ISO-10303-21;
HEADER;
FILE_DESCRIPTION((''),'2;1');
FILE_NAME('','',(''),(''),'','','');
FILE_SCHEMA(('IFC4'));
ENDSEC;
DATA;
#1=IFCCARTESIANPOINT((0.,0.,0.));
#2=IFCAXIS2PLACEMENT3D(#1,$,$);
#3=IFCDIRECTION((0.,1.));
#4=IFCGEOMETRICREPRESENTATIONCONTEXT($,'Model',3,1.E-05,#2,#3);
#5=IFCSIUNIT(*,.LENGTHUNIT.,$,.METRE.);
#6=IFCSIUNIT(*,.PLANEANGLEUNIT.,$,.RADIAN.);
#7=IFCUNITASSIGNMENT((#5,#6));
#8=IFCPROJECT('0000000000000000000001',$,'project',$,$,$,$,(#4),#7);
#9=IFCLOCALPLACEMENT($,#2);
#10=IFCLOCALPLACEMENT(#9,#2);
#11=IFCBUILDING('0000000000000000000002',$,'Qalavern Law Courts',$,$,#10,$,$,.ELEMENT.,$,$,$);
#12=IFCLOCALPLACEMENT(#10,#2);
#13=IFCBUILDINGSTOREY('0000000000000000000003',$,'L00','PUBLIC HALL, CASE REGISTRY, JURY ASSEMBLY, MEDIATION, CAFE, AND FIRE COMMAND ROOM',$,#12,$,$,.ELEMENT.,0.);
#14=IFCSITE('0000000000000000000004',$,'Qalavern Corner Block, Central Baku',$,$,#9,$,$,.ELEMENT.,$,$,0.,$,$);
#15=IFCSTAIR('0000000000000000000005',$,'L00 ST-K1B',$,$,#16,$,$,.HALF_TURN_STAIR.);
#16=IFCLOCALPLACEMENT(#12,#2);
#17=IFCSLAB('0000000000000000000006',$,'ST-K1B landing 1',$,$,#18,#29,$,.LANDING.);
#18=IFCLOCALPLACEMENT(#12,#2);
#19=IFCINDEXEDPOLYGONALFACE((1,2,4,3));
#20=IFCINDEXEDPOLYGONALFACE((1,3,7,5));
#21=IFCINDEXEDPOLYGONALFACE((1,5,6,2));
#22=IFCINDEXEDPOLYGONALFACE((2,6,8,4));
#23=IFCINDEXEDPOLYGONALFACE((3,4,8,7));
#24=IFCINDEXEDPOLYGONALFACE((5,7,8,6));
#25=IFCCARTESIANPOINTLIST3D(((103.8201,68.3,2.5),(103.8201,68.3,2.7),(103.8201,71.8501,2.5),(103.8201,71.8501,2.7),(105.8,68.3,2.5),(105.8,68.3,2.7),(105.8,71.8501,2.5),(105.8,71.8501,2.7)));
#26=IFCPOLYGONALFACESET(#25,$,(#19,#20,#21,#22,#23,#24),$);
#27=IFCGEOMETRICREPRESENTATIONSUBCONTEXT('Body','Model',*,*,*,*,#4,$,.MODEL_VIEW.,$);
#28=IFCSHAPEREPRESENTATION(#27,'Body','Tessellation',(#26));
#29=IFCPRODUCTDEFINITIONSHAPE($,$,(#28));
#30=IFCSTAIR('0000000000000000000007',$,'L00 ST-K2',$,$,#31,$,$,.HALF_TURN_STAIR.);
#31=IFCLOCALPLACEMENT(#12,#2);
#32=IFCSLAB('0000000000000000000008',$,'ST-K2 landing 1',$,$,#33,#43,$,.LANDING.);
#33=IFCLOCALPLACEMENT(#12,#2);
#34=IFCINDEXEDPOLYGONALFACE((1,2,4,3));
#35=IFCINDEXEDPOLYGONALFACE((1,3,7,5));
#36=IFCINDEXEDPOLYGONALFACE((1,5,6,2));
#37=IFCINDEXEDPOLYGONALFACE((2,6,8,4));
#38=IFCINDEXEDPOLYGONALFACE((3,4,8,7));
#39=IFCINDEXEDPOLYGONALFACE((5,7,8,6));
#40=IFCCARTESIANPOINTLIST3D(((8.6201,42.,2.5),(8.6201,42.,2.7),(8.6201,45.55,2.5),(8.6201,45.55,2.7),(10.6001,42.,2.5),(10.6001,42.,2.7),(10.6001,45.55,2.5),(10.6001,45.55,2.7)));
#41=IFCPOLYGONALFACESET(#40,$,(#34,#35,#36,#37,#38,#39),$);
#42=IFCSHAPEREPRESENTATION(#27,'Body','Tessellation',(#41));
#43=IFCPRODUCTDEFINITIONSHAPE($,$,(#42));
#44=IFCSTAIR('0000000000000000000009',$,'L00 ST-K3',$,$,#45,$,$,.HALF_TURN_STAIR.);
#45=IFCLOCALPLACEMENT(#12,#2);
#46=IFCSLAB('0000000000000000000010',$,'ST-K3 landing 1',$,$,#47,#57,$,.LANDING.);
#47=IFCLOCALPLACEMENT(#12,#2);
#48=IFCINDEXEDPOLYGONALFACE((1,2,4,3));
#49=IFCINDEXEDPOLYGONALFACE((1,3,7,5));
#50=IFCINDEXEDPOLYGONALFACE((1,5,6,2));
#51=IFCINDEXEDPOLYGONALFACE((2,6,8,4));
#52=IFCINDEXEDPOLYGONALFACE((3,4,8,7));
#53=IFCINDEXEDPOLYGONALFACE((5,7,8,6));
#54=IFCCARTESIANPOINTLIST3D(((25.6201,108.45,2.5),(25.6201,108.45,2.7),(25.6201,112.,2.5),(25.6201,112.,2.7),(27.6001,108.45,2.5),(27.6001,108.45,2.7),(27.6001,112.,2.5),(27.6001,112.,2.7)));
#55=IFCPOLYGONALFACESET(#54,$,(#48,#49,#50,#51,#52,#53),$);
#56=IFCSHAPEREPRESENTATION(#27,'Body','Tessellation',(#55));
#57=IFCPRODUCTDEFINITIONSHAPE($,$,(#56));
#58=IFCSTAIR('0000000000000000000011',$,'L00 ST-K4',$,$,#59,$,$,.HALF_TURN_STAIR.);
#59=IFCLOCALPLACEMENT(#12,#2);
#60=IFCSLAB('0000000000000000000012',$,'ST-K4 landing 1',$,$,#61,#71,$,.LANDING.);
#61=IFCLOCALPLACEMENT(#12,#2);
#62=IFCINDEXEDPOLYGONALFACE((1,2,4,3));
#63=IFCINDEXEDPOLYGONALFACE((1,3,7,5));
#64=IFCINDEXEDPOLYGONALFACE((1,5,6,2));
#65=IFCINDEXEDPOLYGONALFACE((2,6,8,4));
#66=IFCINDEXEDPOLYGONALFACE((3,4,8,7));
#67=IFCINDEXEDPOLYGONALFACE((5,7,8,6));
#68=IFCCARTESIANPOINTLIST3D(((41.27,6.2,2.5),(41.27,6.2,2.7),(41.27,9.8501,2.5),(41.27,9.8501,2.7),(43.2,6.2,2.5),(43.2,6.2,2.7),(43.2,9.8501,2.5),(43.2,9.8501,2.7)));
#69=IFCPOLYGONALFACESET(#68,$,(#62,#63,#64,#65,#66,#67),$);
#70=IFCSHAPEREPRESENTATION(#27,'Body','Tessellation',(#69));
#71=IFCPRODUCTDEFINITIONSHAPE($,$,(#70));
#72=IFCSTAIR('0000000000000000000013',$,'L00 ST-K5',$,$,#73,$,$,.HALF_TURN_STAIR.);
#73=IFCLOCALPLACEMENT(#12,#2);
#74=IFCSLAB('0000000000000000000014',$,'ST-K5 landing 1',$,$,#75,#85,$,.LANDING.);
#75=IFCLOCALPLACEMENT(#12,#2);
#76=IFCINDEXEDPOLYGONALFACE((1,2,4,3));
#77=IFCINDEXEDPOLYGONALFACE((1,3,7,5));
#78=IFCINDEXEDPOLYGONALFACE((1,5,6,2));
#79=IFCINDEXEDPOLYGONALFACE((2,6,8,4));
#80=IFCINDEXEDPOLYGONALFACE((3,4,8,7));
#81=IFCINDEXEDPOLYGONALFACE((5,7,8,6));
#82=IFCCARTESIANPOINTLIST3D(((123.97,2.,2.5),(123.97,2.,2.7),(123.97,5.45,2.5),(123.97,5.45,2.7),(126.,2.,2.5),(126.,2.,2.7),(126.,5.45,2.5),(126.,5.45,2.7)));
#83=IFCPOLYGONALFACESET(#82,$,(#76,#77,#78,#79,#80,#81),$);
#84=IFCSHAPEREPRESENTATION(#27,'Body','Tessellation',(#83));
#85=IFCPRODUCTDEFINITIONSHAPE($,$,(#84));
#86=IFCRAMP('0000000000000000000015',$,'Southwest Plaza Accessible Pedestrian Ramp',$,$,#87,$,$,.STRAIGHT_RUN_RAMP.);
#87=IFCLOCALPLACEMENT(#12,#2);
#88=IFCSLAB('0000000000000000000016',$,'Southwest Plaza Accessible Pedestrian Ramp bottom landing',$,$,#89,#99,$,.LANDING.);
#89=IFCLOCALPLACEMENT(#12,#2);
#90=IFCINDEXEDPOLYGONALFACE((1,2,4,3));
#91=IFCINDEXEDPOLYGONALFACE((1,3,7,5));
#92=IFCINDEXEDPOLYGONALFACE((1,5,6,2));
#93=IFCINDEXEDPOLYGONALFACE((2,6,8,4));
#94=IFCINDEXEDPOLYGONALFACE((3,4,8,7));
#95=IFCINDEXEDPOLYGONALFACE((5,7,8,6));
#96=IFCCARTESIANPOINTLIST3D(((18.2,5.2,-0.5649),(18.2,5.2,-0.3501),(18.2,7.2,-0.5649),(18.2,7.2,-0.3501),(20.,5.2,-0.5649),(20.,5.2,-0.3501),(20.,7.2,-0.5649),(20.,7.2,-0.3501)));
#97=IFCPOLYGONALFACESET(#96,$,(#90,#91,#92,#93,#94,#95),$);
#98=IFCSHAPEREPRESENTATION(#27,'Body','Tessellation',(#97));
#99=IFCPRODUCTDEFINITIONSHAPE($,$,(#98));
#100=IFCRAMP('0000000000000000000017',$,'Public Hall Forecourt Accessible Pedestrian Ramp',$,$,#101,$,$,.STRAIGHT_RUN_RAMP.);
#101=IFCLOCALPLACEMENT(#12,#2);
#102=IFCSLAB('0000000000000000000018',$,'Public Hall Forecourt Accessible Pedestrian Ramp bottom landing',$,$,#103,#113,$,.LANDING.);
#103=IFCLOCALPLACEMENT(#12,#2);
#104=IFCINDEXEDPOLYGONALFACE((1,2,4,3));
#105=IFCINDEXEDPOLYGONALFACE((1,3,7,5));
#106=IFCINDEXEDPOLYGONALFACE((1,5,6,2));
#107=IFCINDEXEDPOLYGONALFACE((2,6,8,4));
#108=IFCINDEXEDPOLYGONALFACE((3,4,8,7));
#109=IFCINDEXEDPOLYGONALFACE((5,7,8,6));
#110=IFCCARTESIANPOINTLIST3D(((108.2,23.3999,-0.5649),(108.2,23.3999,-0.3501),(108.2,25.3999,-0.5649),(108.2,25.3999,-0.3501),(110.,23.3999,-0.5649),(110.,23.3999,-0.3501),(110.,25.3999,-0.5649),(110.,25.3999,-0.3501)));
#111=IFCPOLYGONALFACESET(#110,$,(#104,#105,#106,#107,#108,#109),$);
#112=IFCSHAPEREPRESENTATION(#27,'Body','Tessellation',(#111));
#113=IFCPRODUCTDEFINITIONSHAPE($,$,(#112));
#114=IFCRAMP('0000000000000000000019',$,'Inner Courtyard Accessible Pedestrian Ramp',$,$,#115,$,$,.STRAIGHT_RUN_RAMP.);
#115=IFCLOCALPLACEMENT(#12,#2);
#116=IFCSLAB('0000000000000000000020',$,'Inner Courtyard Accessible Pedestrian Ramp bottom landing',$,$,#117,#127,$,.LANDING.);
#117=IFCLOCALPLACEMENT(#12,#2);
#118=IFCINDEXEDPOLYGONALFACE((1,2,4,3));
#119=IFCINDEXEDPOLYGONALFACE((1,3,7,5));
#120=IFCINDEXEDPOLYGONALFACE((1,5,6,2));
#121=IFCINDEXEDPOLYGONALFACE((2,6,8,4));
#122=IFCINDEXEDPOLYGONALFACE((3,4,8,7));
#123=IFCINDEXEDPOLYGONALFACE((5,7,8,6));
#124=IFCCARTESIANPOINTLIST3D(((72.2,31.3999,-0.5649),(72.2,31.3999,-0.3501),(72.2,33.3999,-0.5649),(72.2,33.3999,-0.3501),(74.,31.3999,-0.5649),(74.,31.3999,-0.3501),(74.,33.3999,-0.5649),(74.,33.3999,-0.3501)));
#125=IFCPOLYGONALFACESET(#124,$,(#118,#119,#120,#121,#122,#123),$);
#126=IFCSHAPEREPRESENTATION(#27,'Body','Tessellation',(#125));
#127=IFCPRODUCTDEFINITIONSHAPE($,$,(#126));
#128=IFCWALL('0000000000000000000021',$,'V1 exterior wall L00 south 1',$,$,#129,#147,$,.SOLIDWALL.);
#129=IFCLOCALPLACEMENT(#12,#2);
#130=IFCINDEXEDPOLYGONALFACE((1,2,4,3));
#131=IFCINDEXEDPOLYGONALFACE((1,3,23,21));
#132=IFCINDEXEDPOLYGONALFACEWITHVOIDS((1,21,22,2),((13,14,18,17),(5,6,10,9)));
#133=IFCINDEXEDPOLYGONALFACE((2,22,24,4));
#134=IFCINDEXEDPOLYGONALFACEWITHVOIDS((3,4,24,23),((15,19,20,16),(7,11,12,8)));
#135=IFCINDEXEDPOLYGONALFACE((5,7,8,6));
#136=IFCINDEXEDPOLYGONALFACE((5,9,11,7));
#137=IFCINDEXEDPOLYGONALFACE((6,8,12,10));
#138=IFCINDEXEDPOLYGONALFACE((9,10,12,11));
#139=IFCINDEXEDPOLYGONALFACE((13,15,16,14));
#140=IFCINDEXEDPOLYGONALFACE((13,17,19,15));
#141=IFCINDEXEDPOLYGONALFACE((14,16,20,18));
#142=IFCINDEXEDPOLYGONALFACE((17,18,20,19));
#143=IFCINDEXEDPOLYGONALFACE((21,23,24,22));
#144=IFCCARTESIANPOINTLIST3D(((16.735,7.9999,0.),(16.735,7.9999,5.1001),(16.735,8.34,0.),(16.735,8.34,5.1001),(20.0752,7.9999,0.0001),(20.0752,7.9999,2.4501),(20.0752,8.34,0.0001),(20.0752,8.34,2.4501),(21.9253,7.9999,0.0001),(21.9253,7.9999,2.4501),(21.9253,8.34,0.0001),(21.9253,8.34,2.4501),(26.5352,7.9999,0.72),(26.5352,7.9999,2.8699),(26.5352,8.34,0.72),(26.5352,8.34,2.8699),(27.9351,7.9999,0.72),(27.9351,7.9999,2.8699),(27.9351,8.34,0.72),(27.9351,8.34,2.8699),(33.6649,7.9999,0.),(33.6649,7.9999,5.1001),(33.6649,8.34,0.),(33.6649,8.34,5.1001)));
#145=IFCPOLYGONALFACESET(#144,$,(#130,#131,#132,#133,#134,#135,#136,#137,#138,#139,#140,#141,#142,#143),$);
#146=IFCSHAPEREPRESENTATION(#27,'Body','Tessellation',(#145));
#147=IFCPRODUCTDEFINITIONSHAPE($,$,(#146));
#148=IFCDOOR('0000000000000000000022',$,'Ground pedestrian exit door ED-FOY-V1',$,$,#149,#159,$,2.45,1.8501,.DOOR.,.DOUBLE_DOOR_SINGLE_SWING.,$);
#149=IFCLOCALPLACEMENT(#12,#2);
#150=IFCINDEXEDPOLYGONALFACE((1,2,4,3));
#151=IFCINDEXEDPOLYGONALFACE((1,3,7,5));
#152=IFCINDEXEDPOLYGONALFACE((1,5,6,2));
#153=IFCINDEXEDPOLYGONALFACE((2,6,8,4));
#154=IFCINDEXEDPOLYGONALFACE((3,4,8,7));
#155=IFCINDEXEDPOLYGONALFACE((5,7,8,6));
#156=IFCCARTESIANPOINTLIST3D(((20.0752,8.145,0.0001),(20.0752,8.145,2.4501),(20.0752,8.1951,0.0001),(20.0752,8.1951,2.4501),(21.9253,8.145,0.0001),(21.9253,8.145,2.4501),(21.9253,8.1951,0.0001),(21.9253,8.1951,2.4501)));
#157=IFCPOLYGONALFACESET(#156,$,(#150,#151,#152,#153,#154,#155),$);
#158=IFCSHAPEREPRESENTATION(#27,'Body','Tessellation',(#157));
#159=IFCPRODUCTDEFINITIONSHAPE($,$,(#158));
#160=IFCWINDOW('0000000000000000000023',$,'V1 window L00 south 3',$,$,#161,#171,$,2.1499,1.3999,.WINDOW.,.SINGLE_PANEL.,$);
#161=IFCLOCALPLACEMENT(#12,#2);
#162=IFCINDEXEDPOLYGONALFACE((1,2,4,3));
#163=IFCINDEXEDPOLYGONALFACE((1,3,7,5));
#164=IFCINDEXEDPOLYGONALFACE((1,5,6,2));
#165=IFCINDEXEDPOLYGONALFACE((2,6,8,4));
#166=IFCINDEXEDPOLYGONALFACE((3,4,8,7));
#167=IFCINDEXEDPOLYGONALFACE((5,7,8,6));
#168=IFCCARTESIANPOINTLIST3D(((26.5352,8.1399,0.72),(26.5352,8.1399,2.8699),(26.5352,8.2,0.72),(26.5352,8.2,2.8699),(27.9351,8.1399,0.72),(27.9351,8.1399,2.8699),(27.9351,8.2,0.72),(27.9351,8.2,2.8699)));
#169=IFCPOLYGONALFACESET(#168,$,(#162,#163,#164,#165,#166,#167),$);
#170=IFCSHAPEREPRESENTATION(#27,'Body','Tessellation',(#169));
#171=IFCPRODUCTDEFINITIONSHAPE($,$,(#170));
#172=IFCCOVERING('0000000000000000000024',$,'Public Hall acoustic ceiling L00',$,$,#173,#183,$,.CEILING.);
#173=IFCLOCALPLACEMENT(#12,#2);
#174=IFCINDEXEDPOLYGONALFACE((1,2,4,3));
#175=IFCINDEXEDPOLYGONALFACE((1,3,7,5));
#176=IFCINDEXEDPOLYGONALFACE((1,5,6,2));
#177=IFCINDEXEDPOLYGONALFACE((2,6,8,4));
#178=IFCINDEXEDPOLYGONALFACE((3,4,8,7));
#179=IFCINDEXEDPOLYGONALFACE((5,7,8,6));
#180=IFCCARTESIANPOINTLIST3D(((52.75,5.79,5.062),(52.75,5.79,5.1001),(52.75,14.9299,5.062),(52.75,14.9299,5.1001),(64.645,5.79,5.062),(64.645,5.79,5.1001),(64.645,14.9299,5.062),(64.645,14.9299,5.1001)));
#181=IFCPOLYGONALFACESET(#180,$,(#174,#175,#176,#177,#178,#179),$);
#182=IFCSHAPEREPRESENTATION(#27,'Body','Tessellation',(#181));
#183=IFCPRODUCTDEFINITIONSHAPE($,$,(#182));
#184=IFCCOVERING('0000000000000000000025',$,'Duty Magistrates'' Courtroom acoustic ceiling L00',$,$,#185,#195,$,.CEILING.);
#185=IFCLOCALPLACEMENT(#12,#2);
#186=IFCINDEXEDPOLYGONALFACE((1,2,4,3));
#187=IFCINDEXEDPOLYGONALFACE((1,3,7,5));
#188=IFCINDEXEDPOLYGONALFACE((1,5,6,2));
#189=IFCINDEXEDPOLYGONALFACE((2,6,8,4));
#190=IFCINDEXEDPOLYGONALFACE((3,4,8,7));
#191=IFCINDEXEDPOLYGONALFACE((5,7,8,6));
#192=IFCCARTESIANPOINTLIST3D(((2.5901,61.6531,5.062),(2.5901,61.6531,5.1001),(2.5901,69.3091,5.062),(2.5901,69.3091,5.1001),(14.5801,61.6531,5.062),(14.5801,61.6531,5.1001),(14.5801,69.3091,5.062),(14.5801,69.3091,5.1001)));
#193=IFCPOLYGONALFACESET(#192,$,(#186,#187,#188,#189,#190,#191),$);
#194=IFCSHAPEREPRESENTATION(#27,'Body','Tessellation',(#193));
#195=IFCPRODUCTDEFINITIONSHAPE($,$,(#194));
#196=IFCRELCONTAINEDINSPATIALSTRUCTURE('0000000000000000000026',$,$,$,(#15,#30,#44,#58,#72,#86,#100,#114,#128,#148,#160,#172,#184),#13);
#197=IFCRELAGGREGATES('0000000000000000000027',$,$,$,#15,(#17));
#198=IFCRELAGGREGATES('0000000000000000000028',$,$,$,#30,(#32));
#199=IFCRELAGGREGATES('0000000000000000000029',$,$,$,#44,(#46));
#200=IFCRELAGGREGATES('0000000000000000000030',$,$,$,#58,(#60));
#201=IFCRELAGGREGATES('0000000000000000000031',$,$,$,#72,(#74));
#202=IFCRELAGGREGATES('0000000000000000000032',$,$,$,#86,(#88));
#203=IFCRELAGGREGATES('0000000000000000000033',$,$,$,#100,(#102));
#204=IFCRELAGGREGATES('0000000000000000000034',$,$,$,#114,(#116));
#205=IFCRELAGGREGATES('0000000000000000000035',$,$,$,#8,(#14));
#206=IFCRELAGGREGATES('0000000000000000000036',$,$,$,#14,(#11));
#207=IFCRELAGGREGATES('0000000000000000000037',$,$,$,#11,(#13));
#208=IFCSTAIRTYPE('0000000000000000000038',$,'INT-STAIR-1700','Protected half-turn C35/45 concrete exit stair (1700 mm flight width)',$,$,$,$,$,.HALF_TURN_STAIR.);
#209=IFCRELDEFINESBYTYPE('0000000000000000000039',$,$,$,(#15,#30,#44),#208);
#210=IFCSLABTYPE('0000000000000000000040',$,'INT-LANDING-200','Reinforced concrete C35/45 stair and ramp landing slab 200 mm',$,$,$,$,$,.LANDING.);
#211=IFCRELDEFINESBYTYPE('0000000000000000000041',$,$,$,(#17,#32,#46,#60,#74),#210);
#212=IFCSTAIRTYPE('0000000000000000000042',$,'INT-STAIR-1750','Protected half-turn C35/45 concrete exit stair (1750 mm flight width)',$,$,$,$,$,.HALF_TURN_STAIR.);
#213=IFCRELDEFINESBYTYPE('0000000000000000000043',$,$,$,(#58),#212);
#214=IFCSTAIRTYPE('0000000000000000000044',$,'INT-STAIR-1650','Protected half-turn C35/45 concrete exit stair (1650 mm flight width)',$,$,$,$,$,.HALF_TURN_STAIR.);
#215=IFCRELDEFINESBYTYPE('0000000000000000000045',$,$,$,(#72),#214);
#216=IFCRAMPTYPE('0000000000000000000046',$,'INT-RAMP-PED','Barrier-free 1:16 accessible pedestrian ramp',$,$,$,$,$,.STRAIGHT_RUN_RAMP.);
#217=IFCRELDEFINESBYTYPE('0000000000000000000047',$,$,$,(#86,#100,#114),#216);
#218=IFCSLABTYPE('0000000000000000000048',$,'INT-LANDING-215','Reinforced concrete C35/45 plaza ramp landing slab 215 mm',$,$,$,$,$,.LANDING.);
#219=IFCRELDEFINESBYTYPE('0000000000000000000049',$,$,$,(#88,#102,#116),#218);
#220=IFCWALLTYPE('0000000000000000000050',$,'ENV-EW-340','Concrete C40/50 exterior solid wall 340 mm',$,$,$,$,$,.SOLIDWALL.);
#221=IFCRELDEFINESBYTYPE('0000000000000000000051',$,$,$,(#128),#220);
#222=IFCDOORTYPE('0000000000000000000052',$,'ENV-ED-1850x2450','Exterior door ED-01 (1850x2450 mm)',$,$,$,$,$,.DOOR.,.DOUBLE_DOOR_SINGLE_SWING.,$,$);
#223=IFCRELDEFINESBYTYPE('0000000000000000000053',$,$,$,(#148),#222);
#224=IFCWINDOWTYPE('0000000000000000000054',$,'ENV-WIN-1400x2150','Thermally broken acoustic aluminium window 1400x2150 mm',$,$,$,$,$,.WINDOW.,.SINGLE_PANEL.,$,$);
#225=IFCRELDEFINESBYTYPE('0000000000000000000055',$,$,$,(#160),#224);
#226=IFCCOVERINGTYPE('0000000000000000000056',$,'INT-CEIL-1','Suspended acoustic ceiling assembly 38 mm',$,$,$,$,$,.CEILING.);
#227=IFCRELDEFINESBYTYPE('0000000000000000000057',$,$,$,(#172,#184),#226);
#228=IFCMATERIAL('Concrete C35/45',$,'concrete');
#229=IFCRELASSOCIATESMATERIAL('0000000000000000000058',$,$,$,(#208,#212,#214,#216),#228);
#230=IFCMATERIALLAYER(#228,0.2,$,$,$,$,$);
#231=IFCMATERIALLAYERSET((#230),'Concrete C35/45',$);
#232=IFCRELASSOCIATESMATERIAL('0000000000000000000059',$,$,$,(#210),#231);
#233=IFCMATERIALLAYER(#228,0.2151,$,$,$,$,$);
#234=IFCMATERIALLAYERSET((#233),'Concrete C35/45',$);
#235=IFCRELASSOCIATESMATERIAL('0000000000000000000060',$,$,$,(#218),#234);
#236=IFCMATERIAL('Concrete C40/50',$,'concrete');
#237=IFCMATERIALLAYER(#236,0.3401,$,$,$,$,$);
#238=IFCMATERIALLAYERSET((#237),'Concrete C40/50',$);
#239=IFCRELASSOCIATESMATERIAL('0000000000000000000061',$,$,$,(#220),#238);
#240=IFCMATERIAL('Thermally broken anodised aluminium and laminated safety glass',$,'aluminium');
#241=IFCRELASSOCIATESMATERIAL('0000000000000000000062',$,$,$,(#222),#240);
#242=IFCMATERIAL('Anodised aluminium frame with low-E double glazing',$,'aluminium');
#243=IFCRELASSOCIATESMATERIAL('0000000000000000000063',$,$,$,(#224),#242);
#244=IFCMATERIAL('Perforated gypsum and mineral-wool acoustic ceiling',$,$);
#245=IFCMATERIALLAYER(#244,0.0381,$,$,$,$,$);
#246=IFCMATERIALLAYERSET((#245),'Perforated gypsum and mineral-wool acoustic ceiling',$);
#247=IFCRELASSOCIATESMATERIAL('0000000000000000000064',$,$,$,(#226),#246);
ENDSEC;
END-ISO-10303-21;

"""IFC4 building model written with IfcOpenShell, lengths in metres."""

from ifc_helpers import new_model, si_unit, direction, frame, frame_2d, origin, place, context, subcontext, project, spatial, polyline, rectangle, outline, extrude, material, layer, layer_set, type_object, element, fill, aggregate, save


model = new_model("IFC4")

# Units and contexts
model_context = context("Model", 3, precision=1e-05, world=origin(), true_north=direction((0.0, 1.0)))
body_context = subcontext(model_context, "Body", "Model", "MODEL_VIEW")
ifc_project = project(units=[si_unit("LENGTHUNIT", "METRE"), si_unit("PLANEANGLEUNIT", "RADIAN")], contexts=[model_context])

# Site, building, storey
site_placement = place(None, origin())
site = spatial("IfcSite", under=ifc_project, at=site_placement, Name="Qalavern Corner Block, Central Baku", CompositionType="ELEMENT", RefElevation=0.0)
building_placement = place(site_placement, origin())
building = spatial("IfcBuilding", under=site, at=building_placement, Name="Qalavern Law Courts", CompositionType="ELEMENT")
storey_placement = place(building_placement, origin())
storey = spatial("IfcBuildingStorey", under=building, at=storey_placement, Name="L00", Description="PUBLIC HALL, CASE REGISTRY, JURY ASSEMBLY, MEDIATION, CAFE, AND FIRE COMMAND ROOM", CompositionType="ELEMENT", Elevation=0.0)

# Stairs, slabs
ifc_material_1 = material(Name="Concrete C35/45", Category="concrete")
stair_type_1 = type_object("IfcStairType", Name="INT-STAIR-1700", Description="Protected half-turn C35/45 concrete exit stair (1700 mm flight width)", PredefinedType="HALF_TURN_STAIR", material=ifc_material_1)
stair_1_placement = place(storey_placement, origin())
stair_1 = element("IfcStair", 1, at=stair_1_placement, inside=storey, type_object=stair_type_1, Name="L00 ST-K1B", PredefinedType="HALF_TURN_STAIR")
ifc_layer_1 = layer(ifc_material_1, 0.2)
ifc_layer_set_1 = layer_set([ifc_layer_1], Name="Concrete C35/45")
slab_type_1 = type_object("IfcSlabType", Name="INT-LANDING-200", Description="Reinforced concrete C35/45 stair and ramp landing slab 200 mm", PredefinedType="LANDING", material=ifc_layer_set_1)
slab_1_placement = place(storey_placement, frame((0.0, 0.0, 2.5)))
slab_1 = element("IfcSlab", 2, at=slab_1_placement, type_object=slab_type_1, Name="ST-K1B landing 1", PredefinedType="LANDING", context=body_context, shape_type="SweptSolid", body=[
    extrude(outline(polyline([(103.8201, 68.3), (105.8, 68.3), (105.8, 71.8501), (103.8201, 71.8501), (103.8201, 68.3)])), origin(), (0.0, 0.0, 1.0), 0.2),
])
aggregate(stair_1, [slab_1])
stair_2_placement = place(storey_placement, origin())
stair_2 = element("IfcStair", 3, at=stair_2_placement, inside=storey, type_object=stair_type_1, Name="L00 ST-K2", PredefinedType="HALF_TURN_STAIR")
slab_2_placement = place(storey_placement, frame((0.0, 0.0, 2.5)))
slab_2 = element("IfcSlab", 4, at=slab_2_placement, type_object=slab_type_1, Name="ST-K2 landing 1", PredefinedType="LANDING", context=body_context, shape_type="SweptSolid", body=[
    extrude(outline(polyline([(8.6201, 42.0), (10.6001, 42.0), (10.6001, 45.55), (8.6201, 45.55), (8.6201, 42.0)])), origin(), (0.0, 0.0, 1.0), 0.2),
])
aggregate(stair_2, [slab_2])
stair_3_placement = place(storey_placement, origin())
stair_3 = element("IfcStair", 5, at=stair_3_placement, inside=storey, type_object=stair_type_1, Name="L00 ST-K3", PredefinedType="HALF_TURN_STAIR")
slab_3_placement = place(storey_placement, frame((0.0, 0.0, 2.5)))
slab_3 = element("IfcSlab", 6, at=slab_3_placement, type_object=slab_type_1, Name="ST-K3 landing 1", PredefinedType="LANDING", context=body_context, shape_type="SweptSolid", body=[
    extrude(outline(polyline([(25.6201, 108.45), (27.6001, 108.45), (27.6001, 112.0), (25.6201, 112.0), (25.6201, 108.45)])), origin(), (0.0, 0.0, 1.0), 0.2),
])
aggregate(stair_3, [slab_3])
stair_type_2 = type_object("IfcStairType", Name="INT-STAIR-1750", Description="Protected half-turn C35/45 concrete exit stair (1750 mm flight width)", PredefinedType="HALF_TURN_STAIR", material=ifc_material_1)
stair_4_placement = place(storey_placement, origin())
stair_4 = element("IfcStair", 7, at=stair_4_placement, inside=storey, type_object=stair_type_2, Name="L00 ST-K4", PredefinedType="HALF_TURN_STAIR")
slab_4_placement = place(storey_placement, frame((0.0, 0.0, 2.5)))
slab_4 = element("IfcSlab", 8, at=slab_4_placement, type_object=slab_type_1, Name="ST-K4 landing 1", PredefinedType="LANDING", context=body_context, shape_type="SweptSolid", body=[
    extrude(outline(polyline([(41.27, 6.2), (43.2, 6.2), (43.2, 9.8501), (41.27, 9.8501), (41.27, 6.2)])), origin(), (0.0, 0.0, 1.0), 0.2),
])
aggregate(stair_4, [slab_4])
stair_type_3 = type_object("IfcStairType", Name="INT-STAIR-1650", Description="Protected half-turn C35/45 concrete exit stair (1650 mm flight width)", PredefinedType="HALF_TURN_STAIR", material=ifc_material_1)
stair_5_placement = place(storey_placement, origin())
stair_5 = element("IfcStair", 9, at=stair_5_placement, inside=storey, type_object=stair_type_3, Name="L00 ST-K5", PredefinedType="HALF_TURN_STAIR")
slab_5_placement = place(storey_placement, frame((0.0, 0.0, 2.5)))
slab_5 = element("IfcSlab", 10, at=slab_5_placement, type_object=slab_type_1, Name="ST-K5 landing 1", PredefinedType="LANDING", context=body_context, shape_type="SweptSolid", body=[
    extrude(outline(polyline([(123.97, 2.0), (126.0, 2.0), (126.0, 5.45), (123.97, 5.45), (123.97, 2.0)])), origin(), (0.0, 0.0, 1.0), 0.2),
])
aggregate(stair_5, [slab_5])

# Ramps, slabs
ramp_type = type_object("IfcRampType", Name="INT-RAMP-PED", Description="Barrier-free 1:16 accessible pedestrian ramp", PredefinedType="STRAIGHT_RUN_RAMP", material=ifc_material_1)
ramp_1_placement = place(storey_placement, origin())
ramp_1 = element("IfcRamp", 11, at=ramp_1_placement, inside=storey, type_object=ramp_type, Name="Southwest Plaza Accessible Pedestrian Ramp", PredefinedType="STRAIGHT_RUN_RAMP")
ifc_layer_2 = layer(ifc_material_1, 0.2151)
ifc_layer_set_2 = layer_set([ifc_layer_2], Name="Concrete C35/45")
slab_type_2 = type_object("IfcSlabType", Name="INT-LANDING-215", Description="Reinforced concrete C35/45 plaza ramp landing slab 215 mm", PredefinedType="LANDING", material=ifc_layer_set_2)
slab_6_placement = place(storey_placement, frame((0.0, 0.0, -0.5649)))
slab_6 = element("IfcSlab", 12, at=slab_6_placement, type_object=slab_type_2, Name="Southwest Plaza Accessible Pedestrian Ramp bottom landing", PredefinedType="LANDING", context=body_context, shape_type="SweptSolid", body=[
    extrude(outline(polyline([(18.2, 5.2), (20.0, 5.2), (20.0, 7.2), (18.2, 7.2), (18.2, 5.2)])), origin(), (0.0, 0.0, 1.0), 0.2148),
])
aggregate(ramp_1, [slab_6])
ramp_2_placement = place(storey_placement, origin())
ramp_2 = element("IfcRamp", 13, at=ramp_2_placement, inside=storey, type_object=ramp_type, Name="Public Hall Forecourt Accessible Pedestrian Ramp", PredefinedType="STRAIGHT_RUN_RAMP")
slab_7_placement = place(storey_placement, frame((0.0, 0.0, -0.5649)))
slab_7 = element("IfcSlab", 14, at=slab_7_placement, type_object=slab_type_2, Name="Public Hall Forecourt Accessible Pedestrian Ramp bottom landing", PredefinedType="LANDING", context=body_context, shape_type="SweptSolid", body=[
    extrude(outline(polyline([(108.2, 23.3999), (110.0, 23.3999), (110.0, 25.3999), (108.2, 25.3999), (108.2, 23.3999)])), origin(), (0.0, 0.0, 1.0), 0.2148),
])
aggregate(ramp_2, [slab_7])
ramp_3_placement = place(storey_placement, origin())
ramp_3 = element("IfcRamp", 15, at=ramp_3_placement, inside=storey, type_object=ramp_type, Name="Inner Courtyard Accessible Pedestrian Ramp", PredefinedType="STRAIGHT_RUN_RAMP")
slab_8_placement = place(storey_placement, frame((0.0, 0.0, -0.5649)))
slab_8 = element("IfcSlab", 16, at=slab_8_placement, type_object=slab_type_2, Name="Inner Courtyard Accessible Pedestrian Ramp bottom landing", PredefinedType="LANDING", context=body_context, shape_type="SweptSolid", body=[
    extrude(outline(polyline([(72.2, 31.3999), (74.0, 31.3999), (74.0, 33.3999), (72.2, 33.3999), (72.2, 31.3999)])), origin(), (0.0, 0.0, 1.0), 0.2148),
])
aggregate(ramp_3, [slab_8])

# Wall, openings, door, window
ifc_material_2 = material(Name="Concrete C40/50", Category="concrete")
ifc_layer_3 = layer(ifc_material_2, 0.3401)
ifc_layer_set_3 = layer_set([ifc_layer_3], Name="Concrete C40/50")
wall_type = type_object("IfcWallType", Name="ENV-EW-340", Description="Concrete C40/50 exterior solid wall 340 mm", PredefinedType="SOLIDWALL", material=ifc_layer_set_3)
wall_placement = place(storey_placement, frame((16.7351, 8.1699, 0.0), z_axis=(0.0, 0.0, 1.0), x_axis=(1.0, 0.0, 0.0)))
wall = element("IfcWall", 17, at=wall_placement, inside=storey, type_object=wall_type, Name="V1 exterior wall L00 south 1", PredefinedType="SOLIDWALL", context=body_context, shape_type="SweptSolid", body=[
    extrude(rectangle(XDim=16.9299, YDim=0.3401, at=frame_2d((8.4648, 0.0))), origin(), (0.0, 0.0, 1.0), 5.1001),
])
opening_1_placement = place(wall_placement, frame((3.3401, 0.0, 0.0)))
opening_1 = element("IfcOpeningElement", 18, at=opening_1_placement, cuts=wall, PredefinedType="OPENING", context=body_context, shape_type="SweptSolid", body=[
    extrude(rectangle(XDim=1.8501, YDim=2.45, at=frame_2d((0.925, 1.2251))), frame((0.0, 0.1851, 0.0), z_axis=(0.0, -1.0, 0.0), x_axis=(1.0, 0.0, 0.0)), (0.0, 0.0, 1.0), 0.3699),
])
opening_2_placement = place(wall_placement, frame((9.8, 0.0, 0.72)))
opening_2 = element("IfcOpeningElement", 19, at=opening_2_placement, cuts=wall, PredefinedType="OPENING", context=body_context, shape_type="SweptSolid", body=[
    extrude(rectangle(XDim=1.3999, YDim=2.1499, at=frame_2d((0.7, 1.075))), frame((0.0, 0.1851, 0.0), z_axis=(0.0, -1.0, 0.0), x_axis=(1.0, 0.0, 0.0)), (0.0, 0.0, 1.0), 0.3699),
])
ifc_material_3 = material(Name="Thermally broken anodised aluminium and laminated safety glass", Category="aluminium")
door_type = type_object("IfcDoorType", Name="ENV-ED-1850x2450", Description="Exterior door ED-01 (1850x2450 mm)", OperationType="DOUBLE_DOOR_SINGLE_SWING", PredefinedType="DOOR", material=ifc_material_3)
door_placement = place(opening_1_placement, frame((1.8501, 0.0, 0.0), z_axis=(0.0, 0.0, 1.0), x_axis=(-1.0, 0.0, 0.0)))
door = element("IfcDoor", 20, at=door_placement, inside=storey, type_object=door_type, Name="Ground pedestrian exit door ED-FOY-V1", OperationType="DOUBLE_DOOR_SINGLE_SWING", OverallHeight=2.45, OverallWidth=1.8501, PredefinedType="DOOR", context=body_context, shape_type="SweptSolid", body=[
    extrude(rectangle(XDim=1.8501, YDim=2.45, at=frame_2d((0.925, 1.2251))), frame((0.0, 0.0249, 0.0), z_axis=(0.0, -1.0, 0.0), x_axis=(1.0, 0.0, 0.0)), (0.0, 0.0, 1.0), 0.05),
])
fill(opening_1, door)
ifc_material_4 = material(Name="Anodised aluminium frame with low-E double glazing", Category="aluminium")
window_type = type_object("IfcWindowType", Name="ENV-WIN-1400x2150", Description="Thermally broken acoustic aluminium window 1400x2150 mm", PartitioningType="SINGLE_PANEL", PredefinedType="WINDOW", material=ifc_material_4)
window_placement = place(opening_2_placement, origin())
window = element("IfcWindow", 21, at=window_placement, inside=storey, type_object=window_type, Name="V1 window L00 south 3", OverallHeight=2.1499, OverallWidth=1.3999, PartitioningType="SINGLE_PANEL", PredefinedType="WINDOW", context=body_context, shape_type="SweptSolid", body=[
    extrude(rectangle(XDim=1.3999, YDim=2.1499, at=frame_2d((0.7, 1.075))), frame((0.0, 0.03, 0.0), z_axis=(0.0, -1.0, 0.0), x_axis=(1.0, 0.0, 0.0)), (0.0, 0.0, 1.0), 0.0601),
])
fill(opening_2, window)

# Coverings
ifc_material_5 = material(Name="Perforated gypsum and mineral-wool acoustic ceiling")
ifc_layer_4 = layer(ifc_material_5, 0.0381)
ifc_layer_set_4 = layer_set([ifc_layer_4], Name="Perforated gypsum and mineral-wool acoustic ceiling")
covering_type_1 = type_object("IfcCoveringType", Name="INT-CEIL-1", Description="Suspended acoustic ceiling assembly 38 mm", PredefinedType="CEILING", material=ifc_layer_set_4)
covering_1_placement = place(storey_placement, frame((0.0, 0.0, 5.062)))
element("IfcCovering", 22, at=covering_1_placement, inside=storey, type_object=covering_type_1, Name="Public Hall acoustic ceiling L00", PredefinedType="CEILING", context=body_context, shape_type="SweptSolid", body=[
    extrude(outline(polyline([(52.75, 5.79), (64.645, 5.79), (64.645, 14.9299), (52.75, 14.9299), (52.75, 5.79)])), origin(), (0.0, 0.0, 1.0), 0.0381),
])
covering_2_placement = place(storey_placement, frame((0.0, 0.0, 5.062)))
element("IfcCovering", 23, at=covering_2_placement, inside=storey, type_object=covering_type_1, Name="Duty Magistrates' Courtroom acoustic ceiling L00", PredefinedType="CEILING", context=body_context, shape_type="SweptSolid", body=[
    extrude(outline(polyline([(2.5901, 61.6531), (14.5801, 61.6531), (14.5801, 69.3091), (2.5901, 69.3091), (2.5901, 61.6531)])), origin(), (0.0, 0.0, 1.0), 0.0381),
])

save(model, "model.ifc")
